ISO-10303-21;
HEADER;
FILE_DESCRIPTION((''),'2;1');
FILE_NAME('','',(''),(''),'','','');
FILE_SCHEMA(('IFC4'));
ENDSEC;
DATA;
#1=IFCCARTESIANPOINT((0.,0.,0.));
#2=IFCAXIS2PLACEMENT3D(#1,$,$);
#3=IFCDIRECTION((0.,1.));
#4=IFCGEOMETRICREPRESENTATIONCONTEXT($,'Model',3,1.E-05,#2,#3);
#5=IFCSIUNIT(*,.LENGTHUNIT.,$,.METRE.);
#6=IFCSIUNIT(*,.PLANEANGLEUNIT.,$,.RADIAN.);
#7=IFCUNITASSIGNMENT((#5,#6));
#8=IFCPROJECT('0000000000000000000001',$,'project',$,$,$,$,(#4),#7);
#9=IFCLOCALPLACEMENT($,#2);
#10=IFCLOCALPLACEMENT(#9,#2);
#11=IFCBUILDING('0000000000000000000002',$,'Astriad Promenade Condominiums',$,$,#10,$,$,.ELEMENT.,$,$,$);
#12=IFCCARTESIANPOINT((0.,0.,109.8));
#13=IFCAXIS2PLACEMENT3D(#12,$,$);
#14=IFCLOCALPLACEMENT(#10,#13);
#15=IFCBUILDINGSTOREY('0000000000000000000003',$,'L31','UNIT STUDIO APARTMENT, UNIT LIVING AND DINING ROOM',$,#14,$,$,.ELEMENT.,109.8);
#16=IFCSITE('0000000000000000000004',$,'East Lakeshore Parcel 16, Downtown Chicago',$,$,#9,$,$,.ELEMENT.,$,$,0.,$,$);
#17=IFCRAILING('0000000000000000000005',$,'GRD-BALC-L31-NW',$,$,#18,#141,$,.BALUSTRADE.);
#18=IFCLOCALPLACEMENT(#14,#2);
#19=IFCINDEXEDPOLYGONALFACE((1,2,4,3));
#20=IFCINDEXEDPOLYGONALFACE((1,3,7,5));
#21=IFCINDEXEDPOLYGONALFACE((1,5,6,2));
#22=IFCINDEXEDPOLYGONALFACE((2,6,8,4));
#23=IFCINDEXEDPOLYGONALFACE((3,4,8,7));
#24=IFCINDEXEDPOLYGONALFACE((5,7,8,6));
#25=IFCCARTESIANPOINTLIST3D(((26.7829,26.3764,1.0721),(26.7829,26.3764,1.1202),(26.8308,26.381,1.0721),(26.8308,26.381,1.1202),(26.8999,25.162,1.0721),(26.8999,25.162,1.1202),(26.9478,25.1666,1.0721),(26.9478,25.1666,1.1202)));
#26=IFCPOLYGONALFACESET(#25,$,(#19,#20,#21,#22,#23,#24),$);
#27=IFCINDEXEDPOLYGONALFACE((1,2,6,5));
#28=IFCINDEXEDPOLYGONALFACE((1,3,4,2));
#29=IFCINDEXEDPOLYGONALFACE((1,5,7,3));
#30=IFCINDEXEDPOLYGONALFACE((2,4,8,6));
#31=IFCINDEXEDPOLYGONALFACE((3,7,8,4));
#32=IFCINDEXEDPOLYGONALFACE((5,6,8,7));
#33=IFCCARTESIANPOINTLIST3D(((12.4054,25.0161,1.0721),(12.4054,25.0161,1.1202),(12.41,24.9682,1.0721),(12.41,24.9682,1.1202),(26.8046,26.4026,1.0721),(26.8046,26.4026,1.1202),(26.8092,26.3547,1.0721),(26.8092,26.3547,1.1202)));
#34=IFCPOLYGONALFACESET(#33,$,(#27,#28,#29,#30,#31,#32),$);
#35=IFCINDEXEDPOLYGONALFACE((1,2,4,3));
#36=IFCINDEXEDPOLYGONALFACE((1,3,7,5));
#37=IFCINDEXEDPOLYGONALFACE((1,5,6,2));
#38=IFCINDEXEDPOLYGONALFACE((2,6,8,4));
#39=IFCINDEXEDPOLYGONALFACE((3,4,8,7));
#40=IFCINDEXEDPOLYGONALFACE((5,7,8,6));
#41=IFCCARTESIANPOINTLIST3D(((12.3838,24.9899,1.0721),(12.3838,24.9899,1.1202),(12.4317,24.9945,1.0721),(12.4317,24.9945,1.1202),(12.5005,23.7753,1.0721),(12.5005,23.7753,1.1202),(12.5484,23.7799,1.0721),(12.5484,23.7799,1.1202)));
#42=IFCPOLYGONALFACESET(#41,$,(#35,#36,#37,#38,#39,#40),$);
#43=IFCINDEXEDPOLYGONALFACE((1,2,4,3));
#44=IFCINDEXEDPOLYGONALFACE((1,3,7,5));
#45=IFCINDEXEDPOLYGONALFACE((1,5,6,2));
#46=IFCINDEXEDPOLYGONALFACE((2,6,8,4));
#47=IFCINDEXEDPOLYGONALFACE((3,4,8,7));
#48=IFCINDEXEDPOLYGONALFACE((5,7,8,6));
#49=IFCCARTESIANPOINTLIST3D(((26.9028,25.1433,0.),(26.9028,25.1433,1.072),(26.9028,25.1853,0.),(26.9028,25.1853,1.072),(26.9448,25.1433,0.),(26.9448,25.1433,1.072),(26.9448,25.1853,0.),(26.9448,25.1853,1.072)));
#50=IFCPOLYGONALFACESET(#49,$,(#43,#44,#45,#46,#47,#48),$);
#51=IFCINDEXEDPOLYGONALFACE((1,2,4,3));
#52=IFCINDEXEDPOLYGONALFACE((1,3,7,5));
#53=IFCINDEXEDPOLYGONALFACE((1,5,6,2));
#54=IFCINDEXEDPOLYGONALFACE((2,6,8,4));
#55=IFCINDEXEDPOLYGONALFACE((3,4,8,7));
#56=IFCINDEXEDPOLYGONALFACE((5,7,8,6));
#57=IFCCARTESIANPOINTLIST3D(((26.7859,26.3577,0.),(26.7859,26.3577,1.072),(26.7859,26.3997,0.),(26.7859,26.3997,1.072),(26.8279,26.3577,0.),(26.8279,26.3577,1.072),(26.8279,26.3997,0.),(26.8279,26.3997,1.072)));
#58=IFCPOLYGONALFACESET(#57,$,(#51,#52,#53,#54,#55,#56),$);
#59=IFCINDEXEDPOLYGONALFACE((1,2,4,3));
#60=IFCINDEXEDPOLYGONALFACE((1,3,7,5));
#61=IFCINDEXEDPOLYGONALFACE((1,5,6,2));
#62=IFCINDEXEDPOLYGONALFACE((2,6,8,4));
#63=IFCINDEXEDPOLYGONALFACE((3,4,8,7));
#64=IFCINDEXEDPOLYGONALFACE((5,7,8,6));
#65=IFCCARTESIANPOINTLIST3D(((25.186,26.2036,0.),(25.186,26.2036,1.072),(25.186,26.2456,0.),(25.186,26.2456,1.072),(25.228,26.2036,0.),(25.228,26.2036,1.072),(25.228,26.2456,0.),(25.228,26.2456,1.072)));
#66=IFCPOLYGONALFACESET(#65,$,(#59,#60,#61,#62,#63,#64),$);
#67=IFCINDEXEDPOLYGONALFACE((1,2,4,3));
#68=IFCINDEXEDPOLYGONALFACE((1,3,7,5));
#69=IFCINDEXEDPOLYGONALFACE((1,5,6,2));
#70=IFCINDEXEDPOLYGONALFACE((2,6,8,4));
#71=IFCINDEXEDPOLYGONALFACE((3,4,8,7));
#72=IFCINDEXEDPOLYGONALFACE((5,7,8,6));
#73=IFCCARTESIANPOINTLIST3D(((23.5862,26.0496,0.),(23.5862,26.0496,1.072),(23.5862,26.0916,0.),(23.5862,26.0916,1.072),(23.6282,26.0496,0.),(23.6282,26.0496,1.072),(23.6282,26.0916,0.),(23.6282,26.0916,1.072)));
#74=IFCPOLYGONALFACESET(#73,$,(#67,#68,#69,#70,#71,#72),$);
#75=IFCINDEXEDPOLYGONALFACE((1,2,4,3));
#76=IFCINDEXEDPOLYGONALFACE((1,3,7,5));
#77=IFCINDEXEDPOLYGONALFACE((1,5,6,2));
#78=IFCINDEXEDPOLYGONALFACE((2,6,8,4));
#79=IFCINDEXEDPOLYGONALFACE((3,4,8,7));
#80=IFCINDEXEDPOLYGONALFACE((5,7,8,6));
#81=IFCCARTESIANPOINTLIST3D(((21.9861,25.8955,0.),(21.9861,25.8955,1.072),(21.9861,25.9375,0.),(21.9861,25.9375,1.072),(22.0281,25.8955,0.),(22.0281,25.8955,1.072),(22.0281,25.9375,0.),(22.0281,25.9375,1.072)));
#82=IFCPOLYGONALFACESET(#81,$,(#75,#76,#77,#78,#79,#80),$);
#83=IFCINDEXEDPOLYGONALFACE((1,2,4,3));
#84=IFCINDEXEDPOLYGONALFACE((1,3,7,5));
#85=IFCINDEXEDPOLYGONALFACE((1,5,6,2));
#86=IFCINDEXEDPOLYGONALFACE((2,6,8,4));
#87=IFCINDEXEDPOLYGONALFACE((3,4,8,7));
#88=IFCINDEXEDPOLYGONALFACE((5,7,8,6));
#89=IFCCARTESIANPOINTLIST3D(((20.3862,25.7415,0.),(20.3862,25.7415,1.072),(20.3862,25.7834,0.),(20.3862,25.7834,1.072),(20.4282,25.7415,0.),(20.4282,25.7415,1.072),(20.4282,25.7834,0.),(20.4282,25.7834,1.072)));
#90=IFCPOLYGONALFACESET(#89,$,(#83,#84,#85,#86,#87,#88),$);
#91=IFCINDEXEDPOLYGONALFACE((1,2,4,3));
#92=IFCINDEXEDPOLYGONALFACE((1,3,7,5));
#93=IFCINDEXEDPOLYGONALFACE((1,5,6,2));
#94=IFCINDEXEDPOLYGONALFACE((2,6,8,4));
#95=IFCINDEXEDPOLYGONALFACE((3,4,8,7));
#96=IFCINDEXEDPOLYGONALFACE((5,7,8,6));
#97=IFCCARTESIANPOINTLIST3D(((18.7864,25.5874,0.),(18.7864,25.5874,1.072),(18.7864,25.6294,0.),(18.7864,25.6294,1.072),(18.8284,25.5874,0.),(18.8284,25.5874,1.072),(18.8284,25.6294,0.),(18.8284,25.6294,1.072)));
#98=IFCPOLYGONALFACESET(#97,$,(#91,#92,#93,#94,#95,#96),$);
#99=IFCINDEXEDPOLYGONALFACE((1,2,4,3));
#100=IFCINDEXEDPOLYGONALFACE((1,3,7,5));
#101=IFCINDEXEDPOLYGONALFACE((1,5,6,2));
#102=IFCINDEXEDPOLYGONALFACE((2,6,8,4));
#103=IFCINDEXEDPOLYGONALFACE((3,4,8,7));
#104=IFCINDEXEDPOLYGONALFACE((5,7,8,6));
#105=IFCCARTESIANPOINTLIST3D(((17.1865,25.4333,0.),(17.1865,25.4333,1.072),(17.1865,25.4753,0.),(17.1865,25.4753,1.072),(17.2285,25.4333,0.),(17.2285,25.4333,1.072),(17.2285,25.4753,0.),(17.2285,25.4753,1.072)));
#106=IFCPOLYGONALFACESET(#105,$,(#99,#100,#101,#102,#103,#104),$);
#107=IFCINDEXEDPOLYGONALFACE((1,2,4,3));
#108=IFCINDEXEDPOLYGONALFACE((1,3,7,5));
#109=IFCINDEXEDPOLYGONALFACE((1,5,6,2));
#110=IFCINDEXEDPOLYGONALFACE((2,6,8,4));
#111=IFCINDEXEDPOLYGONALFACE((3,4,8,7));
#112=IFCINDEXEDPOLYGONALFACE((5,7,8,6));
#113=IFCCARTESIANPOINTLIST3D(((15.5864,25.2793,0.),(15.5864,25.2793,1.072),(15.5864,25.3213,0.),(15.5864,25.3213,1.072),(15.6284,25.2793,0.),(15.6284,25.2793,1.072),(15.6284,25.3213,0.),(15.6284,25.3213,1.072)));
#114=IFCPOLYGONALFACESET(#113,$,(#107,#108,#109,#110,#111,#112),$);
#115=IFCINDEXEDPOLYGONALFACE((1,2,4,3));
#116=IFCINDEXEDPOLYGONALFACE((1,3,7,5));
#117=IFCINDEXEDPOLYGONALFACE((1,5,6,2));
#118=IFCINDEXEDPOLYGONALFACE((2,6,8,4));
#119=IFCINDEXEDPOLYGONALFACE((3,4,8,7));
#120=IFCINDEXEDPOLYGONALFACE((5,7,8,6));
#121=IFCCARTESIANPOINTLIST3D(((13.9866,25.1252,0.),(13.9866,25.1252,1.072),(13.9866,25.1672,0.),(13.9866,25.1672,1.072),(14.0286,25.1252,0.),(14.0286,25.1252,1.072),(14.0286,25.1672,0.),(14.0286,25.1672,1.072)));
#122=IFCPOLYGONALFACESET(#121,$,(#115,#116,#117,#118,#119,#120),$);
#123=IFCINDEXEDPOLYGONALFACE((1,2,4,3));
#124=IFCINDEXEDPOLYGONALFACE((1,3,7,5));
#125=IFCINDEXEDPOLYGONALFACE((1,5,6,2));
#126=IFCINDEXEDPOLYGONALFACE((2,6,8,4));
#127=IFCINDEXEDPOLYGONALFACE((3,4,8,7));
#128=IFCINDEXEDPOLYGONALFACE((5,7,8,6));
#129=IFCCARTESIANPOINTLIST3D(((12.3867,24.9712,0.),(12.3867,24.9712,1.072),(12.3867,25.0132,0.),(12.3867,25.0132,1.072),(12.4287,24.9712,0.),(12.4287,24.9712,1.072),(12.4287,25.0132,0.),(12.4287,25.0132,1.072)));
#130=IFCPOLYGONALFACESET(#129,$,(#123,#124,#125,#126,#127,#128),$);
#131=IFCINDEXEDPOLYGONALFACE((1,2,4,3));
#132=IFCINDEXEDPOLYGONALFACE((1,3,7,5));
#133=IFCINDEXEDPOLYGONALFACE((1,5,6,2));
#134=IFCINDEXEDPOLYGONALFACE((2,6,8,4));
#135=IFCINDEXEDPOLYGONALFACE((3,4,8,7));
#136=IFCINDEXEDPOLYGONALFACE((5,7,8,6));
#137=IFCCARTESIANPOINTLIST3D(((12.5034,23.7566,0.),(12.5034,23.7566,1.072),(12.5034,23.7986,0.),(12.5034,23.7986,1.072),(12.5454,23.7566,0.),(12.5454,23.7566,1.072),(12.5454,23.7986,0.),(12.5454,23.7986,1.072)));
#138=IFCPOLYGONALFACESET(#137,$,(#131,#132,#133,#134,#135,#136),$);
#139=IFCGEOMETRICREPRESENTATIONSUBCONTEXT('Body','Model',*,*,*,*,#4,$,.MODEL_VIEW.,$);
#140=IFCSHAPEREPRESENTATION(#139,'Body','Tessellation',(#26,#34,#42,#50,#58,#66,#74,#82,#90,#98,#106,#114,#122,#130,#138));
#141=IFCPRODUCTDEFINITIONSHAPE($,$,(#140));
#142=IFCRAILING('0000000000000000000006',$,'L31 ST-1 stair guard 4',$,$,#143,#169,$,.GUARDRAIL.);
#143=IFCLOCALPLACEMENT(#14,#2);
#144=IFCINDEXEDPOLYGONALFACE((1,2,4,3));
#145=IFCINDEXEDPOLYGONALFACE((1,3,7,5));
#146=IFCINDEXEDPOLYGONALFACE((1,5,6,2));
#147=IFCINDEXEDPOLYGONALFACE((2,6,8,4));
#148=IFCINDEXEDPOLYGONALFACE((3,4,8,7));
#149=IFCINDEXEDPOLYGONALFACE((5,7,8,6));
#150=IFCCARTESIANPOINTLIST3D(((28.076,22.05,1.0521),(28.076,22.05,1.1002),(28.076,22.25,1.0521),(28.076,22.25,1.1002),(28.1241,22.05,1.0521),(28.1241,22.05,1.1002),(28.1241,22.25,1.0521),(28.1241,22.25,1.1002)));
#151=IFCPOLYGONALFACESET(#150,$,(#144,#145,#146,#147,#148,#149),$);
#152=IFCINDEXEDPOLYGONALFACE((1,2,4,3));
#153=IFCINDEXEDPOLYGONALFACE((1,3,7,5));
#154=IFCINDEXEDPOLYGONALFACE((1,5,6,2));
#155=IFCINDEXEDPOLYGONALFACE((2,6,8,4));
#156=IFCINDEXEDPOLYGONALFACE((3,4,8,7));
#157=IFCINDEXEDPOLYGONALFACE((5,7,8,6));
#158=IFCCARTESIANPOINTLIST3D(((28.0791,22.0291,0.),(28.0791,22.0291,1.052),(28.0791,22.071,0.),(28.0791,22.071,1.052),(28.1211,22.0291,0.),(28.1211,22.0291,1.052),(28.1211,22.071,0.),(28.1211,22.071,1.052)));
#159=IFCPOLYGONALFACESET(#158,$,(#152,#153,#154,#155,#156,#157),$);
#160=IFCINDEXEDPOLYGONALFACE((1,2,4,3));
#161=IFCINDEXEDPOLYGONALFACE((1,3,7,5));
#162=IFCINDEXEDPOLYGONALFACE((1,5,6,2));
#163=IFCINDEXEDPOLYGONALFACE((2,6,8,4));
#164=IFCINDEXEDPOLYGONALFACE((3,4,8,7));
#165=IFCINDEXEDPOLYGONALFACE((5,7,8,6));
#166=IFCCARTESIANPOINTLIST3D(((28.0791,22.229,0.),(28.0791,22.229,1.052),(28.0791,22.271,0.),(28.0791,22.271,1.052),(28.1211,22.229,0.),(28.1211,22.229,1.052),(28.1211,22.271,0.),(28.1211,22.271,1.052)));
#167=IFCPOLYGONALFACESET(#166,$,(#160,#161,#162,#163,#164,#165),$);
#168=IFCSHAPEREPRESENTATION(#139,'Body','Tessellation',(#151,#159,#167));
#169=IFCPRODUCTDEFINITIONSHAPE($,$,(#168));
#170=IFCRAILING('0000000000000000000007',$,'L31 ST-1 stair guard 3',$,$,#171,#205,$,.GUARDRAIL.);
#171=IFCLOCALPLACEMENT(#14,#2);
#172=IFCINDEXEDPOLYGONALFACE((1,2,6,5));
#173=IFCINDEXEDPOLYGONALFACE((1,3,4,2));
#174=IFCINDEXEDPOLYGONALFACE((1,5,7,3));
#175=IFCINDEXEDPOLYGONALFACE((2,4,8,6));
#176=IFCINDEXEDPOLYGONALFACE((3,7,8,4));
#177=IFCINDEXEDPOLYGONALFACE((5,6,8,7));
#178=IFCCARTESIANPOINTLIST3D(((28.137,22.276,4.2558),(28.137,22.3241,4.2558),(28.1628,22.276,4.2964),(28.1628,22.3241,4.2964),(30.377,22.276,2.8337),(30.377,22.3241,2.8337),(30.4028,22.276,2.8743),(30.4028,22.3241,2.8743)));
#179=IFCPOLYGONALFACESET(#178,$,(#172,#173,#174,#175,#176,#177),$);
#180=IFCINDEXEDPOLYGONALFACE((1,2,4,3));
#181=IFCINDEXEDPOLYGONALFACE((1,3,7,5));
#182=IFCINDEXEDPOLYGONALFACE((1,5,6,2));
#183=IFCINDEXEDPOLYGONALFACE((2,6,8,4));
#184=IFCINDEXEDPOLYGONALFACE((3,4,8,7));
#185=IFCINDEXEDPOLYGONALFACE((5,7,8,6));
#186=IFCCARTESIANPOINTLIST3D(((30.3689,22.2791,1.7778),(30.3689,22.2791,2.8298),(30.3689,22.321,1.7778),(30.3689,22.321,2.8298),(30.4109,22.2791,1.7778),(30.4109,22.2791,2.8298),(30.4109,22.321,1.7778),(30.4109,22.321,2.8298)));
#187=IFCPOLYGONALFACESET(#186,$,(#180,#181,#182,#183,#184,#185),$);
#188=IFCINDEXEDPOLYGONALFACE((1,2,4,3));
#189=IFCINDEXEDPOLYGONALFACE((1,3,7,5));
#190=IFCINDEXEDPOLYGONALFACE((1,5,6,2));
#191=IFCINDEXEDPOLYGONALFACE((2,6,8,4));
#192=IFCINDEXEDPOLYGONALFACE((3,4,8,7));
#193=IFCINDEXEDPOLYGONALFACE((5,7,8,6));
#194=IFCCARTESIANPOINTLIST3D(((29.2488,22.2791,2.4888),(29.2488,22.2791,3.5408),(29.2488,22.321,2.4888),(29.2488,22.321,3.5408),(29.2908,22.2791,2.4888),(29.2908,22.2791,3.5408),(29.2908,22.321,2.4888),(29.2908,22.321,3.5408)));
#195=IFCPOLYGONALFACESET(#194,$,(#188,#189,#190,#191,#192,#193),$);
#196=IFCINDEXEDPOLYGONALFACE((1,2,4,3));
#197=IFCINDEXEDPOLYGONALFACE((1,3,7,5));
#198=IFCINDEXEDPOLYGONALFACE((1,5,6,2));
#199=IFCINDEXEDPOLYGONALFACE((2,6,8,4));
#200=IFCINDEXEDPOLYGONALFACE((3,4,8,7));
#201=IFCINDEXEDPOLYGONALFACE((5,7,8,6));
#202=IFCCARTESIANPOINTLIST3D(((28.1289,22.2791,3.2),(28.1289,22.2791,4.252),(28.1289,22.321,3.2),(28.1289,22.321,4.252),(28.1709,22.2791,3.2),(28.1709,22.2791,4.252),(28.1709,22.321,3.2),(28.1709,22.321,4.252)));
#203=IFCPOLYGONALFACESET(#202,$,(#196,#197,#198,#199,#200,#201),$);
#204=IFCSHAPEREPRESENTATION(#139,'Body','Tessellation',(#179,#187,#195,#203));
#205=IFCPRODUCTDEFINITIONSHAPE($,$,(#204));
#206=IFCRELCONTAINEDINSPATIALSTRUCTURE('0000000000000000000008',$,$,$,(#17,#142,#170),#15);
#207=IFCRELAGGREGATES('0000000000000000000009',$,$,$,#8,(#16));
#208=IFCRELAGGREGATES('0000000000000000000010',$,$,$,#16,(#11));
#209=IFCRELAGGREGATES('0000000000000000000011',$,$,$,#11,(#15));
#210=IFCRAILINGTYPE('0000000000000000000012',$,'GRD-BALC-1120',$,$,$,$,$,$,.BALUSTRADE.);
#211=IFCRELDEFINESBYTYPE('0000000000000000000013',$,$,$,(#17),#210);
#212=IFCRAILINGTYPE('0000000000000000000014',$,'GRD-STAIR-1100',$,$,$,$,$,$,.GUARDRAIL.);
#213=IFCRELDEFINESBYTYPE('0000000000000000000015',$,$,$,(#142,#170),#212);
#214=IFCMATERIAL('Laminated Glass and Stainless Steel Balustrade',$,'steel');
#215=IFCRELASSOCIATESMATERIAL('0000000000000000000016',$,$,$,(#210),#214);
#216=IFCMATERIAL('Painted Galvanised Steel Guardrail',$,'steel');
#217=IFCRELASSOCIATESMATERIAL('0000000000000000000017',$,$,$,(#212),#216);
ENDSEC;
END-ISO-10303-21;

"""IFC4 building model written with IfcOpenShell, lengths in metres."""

from ifc_helpers import new_model, si_unit, direction, frame, origin, origin_2d, place, context, subcontext, project, spatial, rectangle, extrude, source, transform, mapped, material, type_object, type_shapes, element, save


model = new_model("IFC4")

# Units and contexts
model_context = context("Model", 3, precision=1e-05, world=origin(), true_north=direction((0.0, 1.0)))
body_context = subcontext(model_context, "Body", "Model", "MODEL_VIEW")
ifc_project = project(units=[si_unit("LENGTHUNIT", "METRE"), si_unit("PLANEANGLEUNIT", "RADIAN")], contexts=[model_context])

# Site, building, storey
site_placement = place(None, origin())
site = spatial("IfcSite", under=ifc_project, at=site_placement, Name="East Lakeshore Parcel 16, Downtown Chicago", CompositionType="ELEMENT", RefElevation=0.0)
building_placement = place(site_placement, origin())
building = spatial("IfcBuilding", under=site, at=building_placement, Name="Astriad Promenade Condominiums", CompositionType="ELEMENT")
storey_placement = place(building_placement, frame((0.0, 0.0, 109.8)))
storey = spatial("IfcBuildingStorey", under=building, at=storey_placement, Name="L31", Description="UNIT STUDIO APARTMENT, UNIT LIVING AND DINING ROOM", CompositionType="ELEMENT", Elevation=109.8)

# Railings
ifc_material_1 = material(Name="Laminated Glass and Stainless Steel Balustrade", Category="steel")
railing_type_1 = type_object("IfcRailingType", Name="GRD-BALC-1120", PredefinedType="BALUSTRADE", material=ifc_material_1)
shared_shape_1 = source(origin(), body_context, "Body", "SweptSolid", [
    extrude(rectangle(XDim=0.0481, YDim=0.0481, at=origin_2d()), frame((0.0, 0.0, 1.0962), z_axis=(-0.095857, 0.995395, 0.0), x_axis=(-0.995395, -0.095857, 0.0)), (0.0, 0.0, 1.0), 1.22),
    extrude(rectangle(XDim=0.0481, YDim=0.0481, at=origin_2d()), frame((-0.1169, 1.2144, 1.0962), z_axis=(-0.995396, -0.095845, 0.0), x_axis=(0.095845, -0.995396, 0.0)), (0.0, 0.0, 1.0), 14.4658),
    extrude(rectangle(XDim=0.0481, YDim=0.0481, at=origin_2d()), frame((-14.5161, -0.1721, 1.0962), z_axis=(0.09564, -0.995416, 0.0), x_axis=(0.995416, 0.09564, 0.0)), (0.0, 0.0, 1.0), 1.2202),
    extrude(rectangle(XDim=0.042, YDim=0.042, at=origin_2d()), origin(), (0.0, 0.0, 1.0), 1.072),
    extrude(rectangle(XDim=0.042, YDim=0.042, at=origin_2d()), frame((-0.1169, 1.2144, 0.0)), (0.0, 0.0, 1.0), 1.072),
    extrude(rectangle(XDim=0.042, YDim=0.042, at=origin_2d()), frame((-1.7168, 1.0603, 0.0)), (0.0, 0.0, 1.0), 1.072),
    extrude(rectangle(XDim=0.042, YDim=0.042, at=origin_2d()), frame((-3.3167, 0.9062, 0.0)), (0.0, 0.0, 1.0), 1.072),
    extrude(rectangle(XDim=0.042, YDim=0.042, at=origin_2d()), frame((-4.9167, 0.7522, 0.0)), (0.0, 0.0, 1.0), 1.072),
    extrude(rectangle(XDim=0.042, YDim=0.042, at=origin_2d()), frame((-6.5166, 0.5981, 0.0)), (0.0, 0.0, 1.0), 1.072),
    extrude(rectangle(XDim=0.042, YDim=0.042, at=origin_2d()), frame((-8.1165, 0.4441, 0.0)), (0.0, 0.0, 1.0), 1.072),
    extrude(rectangle(XDim=0.042, YDim=0.042, at=origin_2d()), frame((-9.7163, 0.29, 0.0)), (0.0, 0.0, 1.0), 1.072),
    extrude(rectangle(XDim=0.042, YDim=0.042, at=origin_2d()), frame((-11.3164, 0.136, 0.0)), (0.0, 0.0, 1.0), 1.072),
    extrude(rectangle(XDim=0.042, YDim=0.042, at=origin_2d()), frame((-12.9163, -0.0181, 0.0)), (0.0, 0.0, 1.0), 1.072),
    extrude(rectangle(XDim=0.042, YDim=0.042, at=origin_2d()), frame((-14.5161, -0.1721, 0.0)), (0.0, 0.0, 1.0), 1.072),
    extrude(rectangle(XDim=0.042, YDim=0.042, at=origin_2d()), frame((-14.3994, -1.3867, 0.0)), (0.0, 0.0, 1.0), 1.072),
])
type_shapes(railing_type_1, [shared_shape_1])
railing_1_placement = place(storey_placement, frame((26.9238, 25.1643, 0.0)))
element("IfcRailing", 1, at=railing_1_placement, inside=storey, type_object=railing_type_1, Name="GRD-BALC-L31-NW", PredefinedType="BALUSTRADE", context=body_context, shape_type="MappedRepresentation", body=[
    mapped(shared_shape_1, transform((0.0, 0.0, 0.0), scale=1.0)),
])
ifc_material_2 = material(Name="Painted Galvanised Steel Guardrail", Category="steel")
railing_type_2 = type_object("IfcRailingType", Name="GRD-STAIR-1100", PredefinedType="GUARDRAIL", material=ifc_material_2)
shared_shape_2 = source(origin(), body_context, "Body", "SweptSolid", [
    extrude(rectangle(XDim=0.0481, YDim=0.0481, at=origin_2d()), frame((0.0, 0.0, 1.0762), z_axis=(0.0, 1.0, 0.0), x_axis=(-1.0, 0.0, 0.0)), (0.0, 0.0, 1.0), 0.2),
    extrude(rectangle(XDim=0.042, YDim=0.042, at=origin_2d()), origin(), (0.0, 0.0, 1.0), 1.052),
    extrude(rectangle(XDim=0.042, YDim=0.042, at=origin_2d()), frame((0.0, 0.2, 0.0)), (0.0, 0.0, 1.0), 1.052),
])
railing_2_placement = place(storey_placement, frame((28.1001, 22.05, 0.0)))
element("IfcRailing", 2, at=railing_2_placement, inside=storey, type_object=railing_type_2, Name="L31 ST-1 stair guard 4", PredefinedType="GUARDRAIL", context=body_context, shape_type="MappedRepresentation", body=[
    mapped(shared_shape_2, transform((0.0, 0.0, 0.0), scale=1.0)),
])
shared_shape_3 = source(origin(), body_context, "Body", "SweptSolid", [
    extrude(rectangle(XDim=0.0481, YDim=0.0481, at=origin_2d()), frame((0.0, 0.0, 1.0762), z_axis=(-0.844229, 0.0, 0.535982), x_axis=(0.0, -1.0, 0.0)), (0.0, 0.0, 1.0), 2.6533),
    extrude(rectangle(XDim=0.042, YDim=0.042, at=origin_2d()), origin(), (0.0, 0.0, 1.0), 1.052),
    extrude(rectangle(XDim=0.042, YDim=0.042, at=origin_2d()), frame((-1.1201, 0.0, 0.7109)), (0.0, 0.0, 1.0), 1.052),
    extrude(rectangle(XDim=0.042, YDim=0.042, at=origin_2d()), frame((-2.24, 0.0, 1.4221)), (0.0, 0.0, 1.0), 1.052),
])
railing_3_placement = place(storey_placement, frame((30.3899, 22.3, 1.7778)))
element("IfcRailing", 3, at=railing_3_placement, inside=storey, type_object=railing_type_2, Name="L31 ST-1 stair guard 3", PredefinedType="GUARDRAIL", context=body_context, shape_type="MappedRepresentation", body=[
    mapped(shared_shape_3, transform((0.0, 0.0, 0.0), scale=1.0)),
])

save(model, "model.ifc")
